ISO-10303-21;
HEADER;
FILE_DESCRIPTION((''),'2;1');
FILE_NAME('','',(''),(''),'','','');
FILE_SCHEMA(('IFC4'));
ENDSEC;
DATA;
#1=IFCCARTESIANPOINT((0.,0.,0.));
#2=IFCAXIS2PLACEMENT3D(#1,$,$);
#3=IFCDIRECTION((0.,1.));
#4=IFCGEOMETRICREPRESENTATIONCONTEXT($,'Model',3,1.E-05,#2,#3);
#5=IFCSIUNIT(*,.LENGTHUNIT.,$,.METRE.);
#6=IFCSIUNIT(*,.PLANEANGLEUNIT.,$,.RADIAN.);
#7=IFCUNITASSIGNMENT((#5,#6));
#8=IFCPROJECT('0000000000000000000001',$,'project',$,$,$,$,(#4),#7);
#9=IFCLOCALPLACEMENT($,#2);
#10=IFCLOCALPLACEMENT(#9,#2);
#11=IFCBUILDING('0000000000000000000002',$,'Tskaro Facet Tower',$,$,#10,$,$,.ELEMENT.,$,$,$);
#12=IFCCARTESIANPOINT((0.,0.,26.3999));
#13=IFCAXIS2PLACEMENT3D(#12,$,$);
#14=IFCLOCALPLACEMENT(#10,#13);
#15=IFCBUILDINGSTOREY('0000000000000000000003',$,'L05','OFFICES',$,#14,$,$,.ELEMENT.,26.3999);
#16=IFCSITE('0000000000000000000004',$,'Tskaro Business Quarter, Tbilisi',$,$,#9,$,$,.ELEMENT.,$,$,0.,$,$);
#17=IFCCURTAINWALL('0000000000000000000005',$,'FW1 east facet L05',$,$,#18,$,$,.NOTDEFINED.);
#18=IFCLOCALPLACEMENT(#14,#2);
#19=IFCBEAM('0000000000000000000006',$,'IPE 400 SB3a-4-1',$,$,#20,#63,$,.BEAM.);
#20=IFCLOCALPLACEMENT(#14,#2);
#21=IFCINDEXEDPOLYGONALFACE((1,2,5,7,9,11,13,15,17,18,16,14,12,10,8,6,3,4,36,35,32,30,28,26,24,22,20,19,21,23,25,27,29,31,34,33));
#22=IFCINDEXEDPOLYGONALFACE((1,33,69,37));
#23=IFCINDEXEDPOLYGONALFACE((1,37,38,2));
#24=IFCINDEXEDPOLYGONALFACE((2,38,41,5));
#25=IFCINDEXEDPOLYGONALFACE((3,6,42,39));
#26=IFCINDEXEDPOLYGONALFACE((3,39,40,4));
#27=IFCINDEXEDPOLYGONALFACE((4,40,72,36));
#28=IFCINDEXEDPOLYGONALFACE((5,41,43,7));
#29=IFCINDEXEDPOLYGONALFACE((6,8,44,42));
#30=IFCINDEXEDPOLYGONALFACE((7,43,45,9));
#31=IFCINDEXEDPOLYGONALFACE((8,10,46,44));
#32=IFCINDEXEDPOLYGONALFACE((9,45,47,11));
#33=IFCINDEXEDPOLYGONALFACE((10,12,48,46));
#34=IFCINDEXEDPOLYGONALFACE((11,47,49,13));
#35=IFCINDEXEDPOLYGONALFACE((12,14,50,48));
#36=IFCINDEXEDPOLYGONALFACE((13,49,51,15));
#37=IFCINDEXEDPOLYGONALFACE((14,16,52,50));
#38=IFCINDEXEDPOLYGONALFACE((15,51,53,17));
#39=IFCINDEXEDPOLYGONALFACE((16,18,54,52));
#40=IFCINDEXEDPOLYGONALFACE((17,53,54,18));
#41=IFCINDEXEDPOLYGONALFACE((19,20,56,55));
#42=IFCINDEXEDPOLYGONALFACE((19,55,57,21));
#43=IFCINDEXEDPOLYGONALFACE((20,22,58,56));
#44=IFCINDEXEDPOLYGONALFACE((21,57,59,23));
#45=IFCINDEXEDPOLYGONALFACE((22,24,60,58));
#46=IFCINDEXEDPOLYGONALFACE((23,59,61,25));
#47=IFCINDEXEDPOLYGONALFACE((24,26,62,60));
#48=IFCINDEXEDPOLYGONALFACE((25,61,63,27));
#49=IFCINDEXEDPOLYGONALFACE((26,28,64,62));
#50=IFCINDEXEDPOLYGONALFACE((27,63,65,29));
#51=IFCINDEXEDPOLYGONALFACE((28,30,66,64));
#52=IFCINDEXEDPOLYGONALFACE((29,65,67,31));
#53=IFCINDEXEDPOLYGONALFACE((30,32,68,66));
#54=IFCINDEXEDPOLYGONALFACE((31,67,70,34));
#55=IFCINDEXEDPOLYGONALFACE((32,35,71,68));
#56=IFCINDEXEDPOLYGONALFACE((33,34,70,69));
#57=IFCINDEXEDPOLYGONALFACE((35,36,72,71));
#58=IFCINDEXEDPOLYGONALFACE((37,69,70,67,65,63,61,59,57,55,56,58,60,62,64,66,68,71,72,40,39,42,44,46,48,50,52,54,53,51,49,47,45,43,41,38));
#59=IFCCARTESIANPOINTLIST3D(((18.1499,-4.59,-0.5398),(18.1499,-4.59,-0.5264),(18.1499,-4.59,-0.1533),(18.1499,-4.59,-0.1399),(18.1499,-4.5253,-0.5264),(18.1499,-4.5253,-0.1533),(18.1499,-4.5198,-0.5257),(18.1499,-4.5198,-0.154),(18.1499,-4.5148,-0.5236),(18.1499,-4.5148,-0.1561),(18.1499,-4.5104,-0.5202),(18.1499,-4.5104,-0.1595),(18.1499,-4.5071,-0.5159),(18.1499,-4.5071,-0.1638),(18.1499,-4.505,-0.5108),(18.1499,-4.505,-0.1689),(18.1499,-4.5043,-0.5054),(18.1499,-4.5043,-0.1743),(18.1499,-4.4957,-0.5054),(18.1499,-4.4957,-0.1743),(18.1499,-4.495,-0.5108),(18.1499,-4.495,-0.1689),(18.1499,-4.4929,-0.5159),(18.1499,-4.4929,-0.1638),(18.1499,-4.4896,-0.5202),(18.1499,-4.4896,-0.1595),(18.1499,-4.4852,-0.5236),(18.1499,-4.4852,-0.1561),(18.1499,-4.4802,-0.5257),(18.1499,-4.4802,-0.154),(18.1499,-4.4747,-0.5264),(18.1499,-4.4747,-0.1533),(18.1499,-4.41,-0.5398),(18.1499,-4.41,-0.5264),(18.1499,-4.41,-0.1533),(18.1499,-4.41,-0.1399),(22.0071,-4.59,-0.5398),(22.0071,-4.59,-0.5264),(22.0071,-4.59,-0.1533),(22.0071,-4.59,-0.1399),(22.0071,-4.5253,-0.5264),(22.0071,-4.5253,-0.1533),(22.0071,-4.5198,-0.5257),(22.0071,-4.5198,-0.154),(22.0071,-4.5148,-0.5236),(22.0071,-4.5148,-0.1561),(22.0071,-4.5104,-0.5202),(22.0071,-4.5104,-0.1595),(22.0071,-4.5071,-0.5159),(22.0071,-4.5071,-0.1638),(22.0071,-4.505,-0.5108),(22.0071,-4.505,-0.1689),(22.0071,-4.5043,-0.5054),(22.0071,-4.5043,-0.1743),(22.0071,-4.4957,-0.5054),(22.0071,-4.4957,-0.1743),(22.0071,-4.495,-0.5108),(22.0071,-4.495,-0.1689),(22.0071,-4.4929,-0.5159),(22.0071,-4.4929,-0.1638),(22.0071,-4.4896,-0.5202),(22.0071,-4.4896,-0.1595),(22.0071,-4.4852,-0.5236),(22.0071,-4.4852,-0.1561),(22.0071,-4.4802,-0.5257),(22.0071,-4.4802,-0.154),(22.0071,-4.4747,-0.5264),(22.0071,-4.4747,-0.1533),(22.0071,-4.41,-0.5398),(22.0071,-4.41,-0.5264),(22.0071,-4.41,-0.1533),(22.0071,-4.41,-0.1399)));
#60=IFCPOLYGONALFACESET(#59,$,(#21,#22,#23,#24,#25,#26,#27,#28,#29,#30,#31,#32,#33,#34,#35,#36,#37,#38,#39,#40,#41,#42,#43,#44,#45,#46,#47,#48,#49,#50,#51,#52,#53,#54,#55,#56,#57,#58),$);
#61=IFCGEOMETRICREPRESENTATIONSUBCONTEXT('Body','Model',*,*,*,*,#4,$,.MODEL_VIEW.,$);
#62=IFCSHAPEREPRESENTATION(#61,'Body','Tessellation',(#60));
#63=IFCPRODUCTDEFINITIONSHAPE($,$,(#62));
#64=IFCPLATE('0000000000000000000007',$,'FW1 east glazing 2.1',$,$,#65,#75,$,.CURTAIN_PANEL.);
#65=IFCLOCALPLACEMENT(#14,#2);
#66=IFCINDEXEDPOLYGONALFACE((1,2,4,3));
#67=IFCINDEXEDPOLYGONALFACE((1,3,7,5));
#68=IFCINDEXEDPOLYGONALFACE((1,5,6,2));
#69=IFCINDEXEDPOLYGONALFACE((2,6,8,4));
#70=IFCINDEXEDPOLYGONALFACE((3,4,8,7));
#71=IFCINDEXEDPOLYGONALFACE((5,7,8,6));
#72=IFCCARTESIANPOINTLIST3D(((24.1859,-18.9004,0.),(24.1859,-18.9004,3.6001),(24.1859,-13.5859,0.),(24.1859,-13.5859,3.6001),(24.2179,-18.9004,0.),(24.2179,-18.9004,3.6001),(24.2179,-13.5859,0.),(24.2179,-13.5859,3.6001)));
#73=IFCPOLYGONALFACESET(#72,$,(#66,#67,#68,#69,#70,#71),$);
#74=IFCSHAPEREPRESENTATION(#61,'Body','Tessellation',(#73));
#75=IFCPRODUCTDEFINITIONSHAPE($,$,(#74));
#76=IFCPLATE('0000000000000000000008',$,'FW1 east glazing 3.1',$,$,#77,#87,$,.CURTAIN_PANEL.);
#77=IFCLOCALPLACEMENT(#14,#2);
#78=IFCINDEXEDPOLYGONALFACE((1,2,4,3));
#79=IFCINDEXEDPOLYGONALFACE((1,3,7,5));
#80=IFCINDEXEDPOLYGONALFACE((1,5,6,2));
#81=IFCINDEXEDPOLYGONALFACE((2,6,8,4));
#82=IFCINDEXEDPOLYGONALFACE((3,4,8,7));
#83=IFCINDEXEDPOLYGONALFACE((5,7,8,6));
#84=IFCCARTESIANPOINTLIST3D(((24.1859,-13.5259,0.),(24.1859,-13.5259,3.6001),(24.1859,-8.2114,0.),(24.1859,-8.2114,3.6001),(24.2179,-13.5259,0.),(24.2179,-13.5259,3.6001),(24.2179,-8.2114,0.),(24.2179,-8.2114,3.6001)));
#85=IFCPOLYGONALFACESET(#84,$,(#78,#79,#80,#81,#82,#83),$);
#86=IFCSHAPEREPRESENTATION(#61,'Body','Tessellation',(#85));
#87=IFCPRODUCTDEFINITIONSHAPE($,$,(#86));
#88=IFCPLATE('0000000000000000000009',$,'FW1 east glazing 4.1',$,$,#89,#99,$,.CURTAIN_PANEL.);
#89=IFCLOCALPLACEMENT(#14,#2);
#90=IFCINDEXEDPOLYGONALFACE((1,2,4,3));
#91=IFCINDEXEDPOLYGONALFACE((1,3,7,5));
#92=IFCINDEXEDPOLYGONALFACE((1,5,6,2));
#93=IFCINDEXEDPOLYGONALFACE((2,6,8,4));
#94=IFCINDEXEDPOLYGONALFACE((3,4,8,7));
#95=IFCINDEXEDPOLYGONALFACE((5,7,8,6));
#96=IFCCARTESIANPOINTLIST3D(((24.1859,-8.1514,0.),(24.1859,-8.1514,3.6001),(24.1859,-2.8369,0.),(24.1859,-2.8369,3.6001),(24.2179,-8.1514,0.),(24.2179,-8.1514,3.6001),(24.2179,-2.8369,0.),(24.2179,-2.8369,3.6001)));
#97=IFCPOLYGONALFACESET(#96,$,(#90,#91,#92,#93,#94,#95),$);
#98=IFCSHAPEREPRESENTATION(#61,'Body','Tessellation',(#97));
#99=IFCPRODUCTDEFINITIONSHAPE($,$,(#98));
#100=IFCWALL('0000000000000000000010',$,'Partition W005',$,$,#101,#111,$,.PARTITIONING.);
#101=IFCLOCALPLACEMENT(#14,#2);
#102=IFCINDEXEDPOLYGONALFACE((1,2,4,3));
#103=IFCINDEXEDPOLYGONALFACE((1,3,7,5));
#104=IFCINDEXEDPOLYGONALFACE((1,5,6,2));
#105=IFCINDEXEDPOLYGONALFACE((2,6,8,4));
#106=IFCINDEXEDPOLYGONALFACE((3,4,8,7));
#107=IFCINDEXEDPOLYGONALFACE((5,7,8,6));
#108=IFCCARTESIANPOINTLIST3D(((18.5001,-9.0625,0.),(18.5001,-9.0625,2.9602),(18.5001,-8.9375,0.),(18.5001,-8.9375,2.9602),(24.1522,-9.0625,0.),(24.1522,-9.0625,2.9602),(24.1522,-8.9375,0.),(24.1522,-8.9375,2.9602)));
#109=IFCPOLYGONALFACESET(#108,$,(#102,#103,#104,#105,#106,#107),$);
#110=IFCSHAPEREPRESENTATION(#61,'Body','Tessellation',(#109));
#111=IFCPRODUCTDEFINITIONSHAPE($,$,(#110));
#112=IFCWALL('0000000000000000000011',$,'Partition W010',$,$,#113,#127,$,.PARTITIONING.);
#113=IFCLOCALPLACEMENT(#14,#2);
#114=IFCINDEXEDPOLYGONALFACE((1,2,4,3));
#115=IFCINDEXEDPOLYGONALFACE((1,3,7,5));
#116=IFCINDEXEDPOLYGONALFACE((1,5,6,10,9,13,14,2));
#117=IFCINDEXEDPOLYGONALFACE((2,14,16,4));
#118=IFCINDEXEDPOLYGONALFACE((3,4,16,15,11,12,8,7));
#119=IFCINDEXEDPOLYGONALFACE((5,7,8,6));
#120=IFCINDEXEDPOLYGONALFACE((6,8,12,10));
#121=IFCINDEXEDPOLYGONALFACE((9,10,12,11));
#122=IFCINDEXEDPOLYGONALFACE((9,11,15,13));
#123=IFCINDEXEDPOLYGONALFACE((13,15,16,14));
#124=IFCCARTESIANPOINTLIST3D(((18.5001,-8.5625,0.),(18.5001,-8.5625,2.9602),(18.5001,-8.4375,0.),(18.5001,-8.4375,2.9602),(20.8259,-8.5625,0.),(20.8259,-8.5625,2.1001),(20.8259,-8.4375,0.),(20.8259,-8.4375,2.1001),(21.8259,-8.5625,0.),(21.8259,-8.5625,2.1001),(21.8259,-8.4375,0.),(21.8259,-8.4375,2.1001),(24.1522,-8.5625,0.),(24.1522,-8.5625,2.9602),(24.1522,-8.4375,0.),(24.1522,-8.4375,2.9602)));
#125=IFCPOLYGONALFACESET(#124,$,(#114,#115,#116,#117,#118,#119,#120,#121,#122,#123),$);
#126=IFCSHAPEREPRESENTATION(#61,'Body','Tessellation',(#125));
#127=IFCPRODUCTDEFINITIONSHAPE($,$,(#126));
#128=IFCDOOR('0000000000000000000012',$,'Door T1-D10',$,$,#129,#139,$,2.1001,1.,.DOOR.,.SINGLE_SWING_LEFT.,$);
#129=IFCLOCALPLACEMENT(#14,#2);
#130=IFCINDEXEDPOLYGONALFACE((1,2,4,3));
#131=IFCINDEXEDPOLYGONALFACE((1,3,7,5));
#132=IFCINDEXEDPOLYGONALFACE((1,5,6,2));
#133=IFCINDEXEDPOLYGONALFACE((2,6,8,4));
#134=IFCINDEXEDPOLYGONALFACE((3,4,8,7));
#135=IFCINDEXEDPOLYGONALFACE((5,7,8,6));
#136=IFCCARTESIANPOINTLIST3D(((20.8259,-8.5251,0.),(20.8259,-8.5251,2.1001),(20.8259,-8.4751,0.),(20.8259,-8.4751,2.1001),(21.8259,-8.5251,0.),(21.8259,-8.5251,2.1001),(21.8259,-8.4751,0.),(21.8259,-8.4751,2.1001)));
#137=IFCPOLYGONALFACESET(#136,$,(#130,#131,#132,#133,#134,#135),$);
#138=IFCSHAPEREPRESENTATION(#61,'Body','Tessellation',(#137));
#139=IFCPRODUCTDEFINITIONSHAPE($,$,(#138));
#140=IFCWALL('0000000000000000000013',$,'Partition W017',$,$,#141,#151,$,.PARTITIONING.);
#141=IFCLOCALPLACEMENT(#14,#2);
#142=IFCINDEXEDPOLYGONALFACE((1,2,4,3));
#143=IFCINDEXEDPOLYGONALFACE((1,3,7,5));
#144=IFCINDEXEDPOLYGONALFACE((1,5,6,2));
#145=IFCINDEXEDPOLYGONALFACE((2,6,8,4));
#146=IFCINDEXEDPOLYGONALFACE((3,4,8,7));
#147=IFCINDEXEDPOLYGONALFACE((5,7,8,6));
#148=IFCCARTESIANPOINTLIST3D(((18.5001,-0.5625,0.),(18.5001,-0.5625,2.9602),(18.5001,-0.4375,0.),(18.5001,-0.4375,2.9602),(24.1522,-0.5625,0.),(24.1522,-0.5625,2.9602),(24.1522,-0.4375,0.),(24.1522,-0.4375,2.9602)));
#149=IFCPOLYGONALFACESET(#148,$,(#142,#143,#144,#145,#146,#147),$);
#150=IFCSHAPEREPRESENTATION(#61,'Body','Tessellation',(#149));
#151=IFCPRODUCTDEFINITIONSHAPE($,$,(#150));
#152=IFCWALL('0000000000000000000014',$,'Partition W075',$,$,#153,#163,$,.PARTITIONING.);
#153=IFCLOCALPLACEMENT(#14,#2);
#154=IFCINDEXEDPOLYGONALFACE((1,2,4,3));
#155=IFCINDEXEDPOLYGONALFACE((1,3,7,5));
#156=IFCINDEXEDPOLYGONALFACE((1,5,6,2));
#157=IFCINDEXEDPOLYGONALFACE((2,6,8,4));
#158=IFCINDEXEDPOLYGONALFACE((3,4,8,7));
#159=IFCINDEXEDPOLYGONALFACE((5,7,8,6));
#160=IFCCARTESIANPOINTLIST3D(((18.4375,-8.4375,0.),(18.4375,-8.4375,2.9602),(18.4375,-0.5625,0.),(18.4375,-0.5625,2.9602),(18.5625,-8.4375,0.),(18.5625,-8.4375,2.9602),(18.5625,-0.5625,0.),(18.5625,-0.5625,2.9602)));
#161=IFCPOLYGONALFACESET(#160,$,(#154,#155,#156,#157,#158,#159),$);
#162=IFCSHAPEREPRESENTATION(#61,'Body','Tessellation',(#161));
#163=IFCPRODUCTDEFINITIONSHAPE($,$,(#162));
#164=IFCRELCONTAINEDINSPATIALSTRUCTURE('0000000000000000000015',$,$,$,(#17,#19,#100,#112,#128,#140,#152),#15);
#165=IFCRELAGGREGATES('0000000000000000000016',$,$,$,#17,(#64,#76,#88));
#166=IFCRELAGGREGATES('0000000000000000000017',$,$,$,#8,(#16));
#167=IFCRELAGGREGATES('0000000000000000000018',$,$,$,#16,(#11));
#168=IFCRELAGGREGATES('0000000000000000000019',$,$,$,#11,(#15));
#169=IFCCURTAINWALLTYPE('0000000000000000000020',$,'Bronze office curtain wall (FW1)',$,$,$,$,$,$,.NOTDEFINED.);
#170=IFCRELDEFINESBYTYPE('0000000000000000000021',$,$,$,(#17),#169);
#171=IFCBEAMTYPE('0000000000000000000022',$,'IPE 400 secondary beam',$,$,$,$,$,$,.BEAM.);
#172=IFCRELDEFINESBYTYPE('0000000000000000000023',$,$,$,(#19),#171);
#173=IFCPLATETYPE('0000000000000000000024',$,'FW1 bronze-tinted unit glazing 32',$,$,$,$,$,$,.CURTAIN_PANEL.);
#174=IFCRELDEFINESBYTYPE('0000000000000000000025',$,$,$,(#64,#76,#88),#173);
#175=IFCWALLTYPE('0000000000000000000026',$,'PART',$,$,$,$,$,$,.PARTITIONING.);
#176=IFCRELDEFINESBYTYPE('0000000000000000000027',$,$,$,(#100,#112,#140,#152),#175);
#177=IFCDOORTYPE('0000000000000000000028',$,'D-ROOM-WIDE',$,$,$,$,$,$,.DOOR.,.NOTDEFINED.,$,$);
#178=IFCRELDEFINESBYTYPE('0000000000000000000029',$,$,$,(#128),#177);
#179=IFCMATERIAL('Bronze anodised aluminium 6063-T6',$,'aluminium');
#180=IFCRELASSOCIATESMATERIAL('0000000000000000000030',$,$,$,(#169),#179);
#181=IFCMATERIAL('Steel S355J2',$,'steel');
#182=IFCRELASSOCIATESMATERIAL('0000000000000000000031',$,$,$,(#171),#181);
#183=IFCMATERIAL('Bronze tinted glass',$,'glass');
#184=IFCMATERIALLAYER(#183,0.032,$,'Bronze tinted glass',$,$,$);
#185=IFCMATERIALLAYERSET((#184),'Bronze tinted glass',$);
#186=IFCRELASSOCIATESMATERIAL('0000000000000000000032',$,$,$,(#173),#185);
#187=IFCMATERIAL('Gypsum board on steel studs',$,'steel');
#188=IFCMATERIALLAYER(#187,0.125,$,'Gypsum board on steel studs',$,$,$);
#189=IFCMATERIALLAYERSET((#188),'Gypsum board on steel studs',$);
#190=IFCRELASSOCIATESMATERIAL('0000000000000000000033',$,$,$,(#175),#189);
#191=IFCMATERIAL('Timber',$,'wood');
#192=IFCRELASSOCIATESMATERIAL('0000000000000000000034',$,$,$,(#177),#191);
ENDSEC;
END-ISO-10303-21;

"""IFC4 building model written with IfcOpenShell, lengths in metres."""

from ifc_helpers import new_model, si_unit, direction, frame, frame_2d, origin, origin_2d, place, context, subcontext, project, spatial, rectangle, i_section, extrude, material, layer, layer_set, material_profile, profile_set, type_object, element, fill, aggregate, save


model = new_model("IFC4")

# Units and contexts
model_context = context("Model", 3, precision=1e-05, world=origin(), true_north=direction((0.0, 1.0)))
body_context = subcontext(model_context, "Body", "Model", "MODEL_VIEW")
ifc_project = project(units=[si_unit("LENGTHUNIT", "METRE"), si_unit("PLANEANGLEUNIT", "RADIAN")], contexts=[model_context])

# Site, building, storey
site_placement = place(None, origin())
site = spatial("IfcSite", under=ifc_project, at=site_placement, Name="Tskaro Business Quarter, Tbilisi", CompositionType="ELEMENT", RefElevation=0.0)
building_placement = place(site_placement, origin())
building = spatial("IfcBuilding", under=site, at=building_placement, Name="Tskaro Facet Tower", CompositionType="ELEMENT")
storey_placement = place(building_placement, frame((0.0, 0.0, 26.3999)))
storey = spatial("IfcBuildingStorey", under=building, at=storey_placement, Name="L05", Description="OFFICES", CompositionType="ELEMENT", Elevation=26.3999)

# Curtain wall
ifc_material_1 = material(Name="Bronze anodised aluminium 6063-T6", Category="aluminium")
curtain_wall_type = type_object("IfcCurtainWallType", Name="Bronze office curtain wall (FW1)", PredefinedType="NOTDEFINED", material=ifc_material_1)
curtain_wall_placement = place(storey_placement, origin())
curtain_wall = element("IfcCurtainWall", 1, at=curtain_wall_placement, inside=storey, type_object=curtain_wall_type, Name="FW1 east facet L05", PredefinedType="NOTDEFINED")

# Beam
ifc_material_2 = material(Name="Steel S355J2", Category="steel")
ifc_material_profile_1 = material_profile(ifc_material_2, i_section(OverallWidth=0.1799, OverallDepth=0.3999, WebThickness=0.0085, FlangeThickness=0.0134, FilletRadius=0.021, at=origin_2d()), Name="IPE 400")
ifc_profile_set_1 = profile_set([ifc_material_profile_1], Name="Steel S355J2")
beam_type_1 = type_object("IfcBeamType", Name="IPE 400 secondary beam", PredefinedType="BEAM", material=ifc_profile_set_1)
for number, where, z_axis, x_axis, name in (
    (2, (18.1499, -4.5, -0.3398), (1.0, 0.0, 0.0), (0.0, 1.0, 0.0), "IPE 400 SB3a-4-1"),
):
    element("IfcBeam", number, at=place(storey_placement, frame(where, z_axis=z_axis, x_axis=x_axis)), inside=storey, type_object=beam_type_1, Name=name, PredefinedType="BEAM", context=body_context, shape_type="SweptSolid", body=[
        extrude(i_section(OverallWidth=0.1799, OverallDepth=0.3999, WebThickness=0.0085, FlangeThickness=0.0134, FilletRadius=0.021, at=origin_2d()), origin(), (0.0, 0.0, 1.0), 3.8572),
    ])

# Plates
ifc_material_3 = material(Name="Bronze tinted glass", Category="glass")
ifc_layer_1 = layer(ifc_material_3, 0.032, Name="Bronze tinted glass")
ifc_layer_set_1 = layer_set([ifc_layer_1], Name="Bronze tinted glass")
plate_type = type_object("IfcPlateType", Name="FW1 bronze-tinted unit glazing 32", PredefinedType="CURTAIN_PANEL", material=ifc_layer_set_1)
plate_1_placement = place(storey_placement, frame((24.2019, -16.2432, 0.0), z_axis=(0.0, 0.0, 1.0), x_axis=(0.0, 1.0, 0.0)))
plate_1 = element("IfcPlate", 3, at=plate_1_placement, type_object=plate_type, Name="FW1 east glazing 2.1", PredefinedType="CURTAIN_PANEL", context=body_context, shape_type="SweptSolid", body=[
    extrude(rectangle(XDim=5.3145, YDim=0.032, at=origin_2d()), origin(), (0.0, 0.0, 1.0), 3.6001),
])
plate_2_placement = place(storey_placement, frame((24.2019, -10.8687, 0.0), z_axis=(0.0, 0.0, 1.0), x_axis=(0.0, 1.0, 0.0)))
plate_2 = element("IfcPlate", 4, at=plate_2_placement, type_object=plate_type, Name="FW1 east glazing 3.1", PredefinedType="CURTAIN_PANEL", context=body_context, shape_type="SweptSolid", body=[
    extrude(rectangle(XDim=5.3145, YDim=0.032, at=origin_2d()), origin(), (0.0, 0.0, 1.0), 3.6001),
])
plate_3_placement = place(storey_placement, frame((24.2019, -5.4941, 0.0), z_axis=(0.0, 0.0, 1.0), x_axis=(0.0, 1.0, 0.0)))
plate_3 = element("IfcPlate", 5, at=plate_3_placement, type_object=plate_type, Name="FW1 east glazing 4.1", PredefinedType="CURTAIN_PANEL", context=body_context, shape_type="SweptSolid", body=[
    extrude(rectangle(XDim=5.3145, YDim=0.032, at=origin_2d()), origin(), (0.0, 0.0, 1.0), 3.6001),
])
aggregate(curtain_wall, [plate_1, plate_2, plate_3])

# Wall
ifc_material_4 = material(Name="Gypsum board on steel studs", Category="steel")
ifc_layer_2 = layer(ifc_material_4, 0.125, Name="Gypsum board on steel studs")
ifc_layer_set_2 = layer_set([ifc_layer_2], Name="Gypsum board on steel studs")
wall_type_1 = type_object("IfcWallType", Name="PART", PredefinedType="PARTITIONING", material=ifc_layer_set_2)
wall_1_placement = place(storey_placement, frame((18.5, -9.0, 0.0), z_axis=(0.0, 0.0, 1.0), x_axis=(1.0, 0.0, 0.0)))
element("IfcWall", 6, at=wall_1_placement, inside=storey, type_object=wall_type_1, Name="Partition W005", PredefinedType="PARTITIONING", context=body_context, shape_type="SweptSolid", body=[
    extrude(rectangle(XDim=5.6521, YDim=0.125, at=frame_2d((2.8262, 0.0))), origin(), (0.0, 0.0, 1.0), 2.9602),
])

# Wall, opening, door
wall_2_placement = place(storey_placement, frame((18.5, -8.5, 0.0), z_axis=(0.0, 0.0, 1.0), x_axis=(1.0, 0.0, 0.0)))
wall_2 = element("IfcWall", 7, at=wall_2_placement, inside=storey, type_object=wall_type_1, Name="Partition W010", PredefinedType="PARTITIONING", context=body_context, shape_type="SweptSolid", body=[
    extrude(rectangle(XDim=5.6521, YDim=0.125, at=frame_2d((2.8262, 0.0))), origin(), (0.0, 0.0, 1.0), 2.9602),
])
opening_1_placement = place(wall_2_placement, frame((2.3259, 0.0, 0.0)))
opening_1 = element("IfcOpeningElement", 8, at=opening_1_placement, cuts=wall_2, PredefinedType="OPENING", context=body_context, shape_type="SweptSolid", body=[
    extrude(rectangle(XDim=1.0, YDim=2.1001, at=frame_2d((0.5, 1.05))), frame((0.0, 0.0725, 0.0), z_axis=(0.0, -1.0, 0.0), x_axis=(1.0, 0.0, 0.0)), (0.0, 0.0, 1.0), 0.145),
])
ifc_material_5 = material(Name="Timber", Category="wood")
door_type_1 = type_object("IfcDoorType", Name="D-ROOM-WIDE", OperationType="NOTDEFINED", PredefinedType="DOOR", material=ifc_material_5)
door_1_placement = place(opening_1_placement, origin())
door_1 = element("IfcDoor", 9, at=door_1_placement, inside=storey, type_object=door_type_1, Name="Door T1-D10", OperationType="SINGLE_SWING_LEFT", OverallHeight=2.1001, OverallWidth=1.0, PredefinedType="DOOR", context=body_context, shape_type="SweptSolid", body=[
    extrude(rectangle(XDim=1.0, YDim=2.1001, at=frame_2d((0.5, 1.05))), frame((0.0, 0.0249, 0.0), z_axis=(0.0, -1.0, 0.0), x_axis=(1.0, 0.0, 0.0)), (0.0, 0.0, 1.0), 0.05),
])
fill(opening_1, door_1)

# Walls
wall_3_placement = place(storey_placement, frame((18.5, -0.5, 0.0), z_axis=(0.0, 0.0, 1.0), x_axis=(1.0, 0.0, 0.0)))
element("IfcWall", 10, at=wall_3_placement, inside=storey, type_object=wall_type_1, Name="Partition W017", PredefinedType="PARTITIONING", context=body_context, shape_type="SweptSolid", body=[
    extrude(rectangle(XDim=5.6521, YDim=0.125, at=frame_2d((2.8262, 0.0))), origin(), (0.0, 0.0, 1.0), 2.9602),
])
wall_4_placement = place(storey_placement, frame((18.5, -8.4375, 0.0), z_axis=(0.0, 0.0, 1.0), x_axis=(0.0, 1.0, 0.0)))
element("IfcWall", 11, at=wall_4_placement, inside=storey, type_object=wall_type_1, Name="Partition W075", PredefinedType="PARTITIONING", context=body_context, shape_type="SweptSolid", body=[
    extrude(rectangle(XDim=7.875, YDim=0.125, at=frame_2d((3.9375, 0.0))), origin(), (0.0, 0.0, 1.0), 2.9602),
])

save(model, "model.ifc")
